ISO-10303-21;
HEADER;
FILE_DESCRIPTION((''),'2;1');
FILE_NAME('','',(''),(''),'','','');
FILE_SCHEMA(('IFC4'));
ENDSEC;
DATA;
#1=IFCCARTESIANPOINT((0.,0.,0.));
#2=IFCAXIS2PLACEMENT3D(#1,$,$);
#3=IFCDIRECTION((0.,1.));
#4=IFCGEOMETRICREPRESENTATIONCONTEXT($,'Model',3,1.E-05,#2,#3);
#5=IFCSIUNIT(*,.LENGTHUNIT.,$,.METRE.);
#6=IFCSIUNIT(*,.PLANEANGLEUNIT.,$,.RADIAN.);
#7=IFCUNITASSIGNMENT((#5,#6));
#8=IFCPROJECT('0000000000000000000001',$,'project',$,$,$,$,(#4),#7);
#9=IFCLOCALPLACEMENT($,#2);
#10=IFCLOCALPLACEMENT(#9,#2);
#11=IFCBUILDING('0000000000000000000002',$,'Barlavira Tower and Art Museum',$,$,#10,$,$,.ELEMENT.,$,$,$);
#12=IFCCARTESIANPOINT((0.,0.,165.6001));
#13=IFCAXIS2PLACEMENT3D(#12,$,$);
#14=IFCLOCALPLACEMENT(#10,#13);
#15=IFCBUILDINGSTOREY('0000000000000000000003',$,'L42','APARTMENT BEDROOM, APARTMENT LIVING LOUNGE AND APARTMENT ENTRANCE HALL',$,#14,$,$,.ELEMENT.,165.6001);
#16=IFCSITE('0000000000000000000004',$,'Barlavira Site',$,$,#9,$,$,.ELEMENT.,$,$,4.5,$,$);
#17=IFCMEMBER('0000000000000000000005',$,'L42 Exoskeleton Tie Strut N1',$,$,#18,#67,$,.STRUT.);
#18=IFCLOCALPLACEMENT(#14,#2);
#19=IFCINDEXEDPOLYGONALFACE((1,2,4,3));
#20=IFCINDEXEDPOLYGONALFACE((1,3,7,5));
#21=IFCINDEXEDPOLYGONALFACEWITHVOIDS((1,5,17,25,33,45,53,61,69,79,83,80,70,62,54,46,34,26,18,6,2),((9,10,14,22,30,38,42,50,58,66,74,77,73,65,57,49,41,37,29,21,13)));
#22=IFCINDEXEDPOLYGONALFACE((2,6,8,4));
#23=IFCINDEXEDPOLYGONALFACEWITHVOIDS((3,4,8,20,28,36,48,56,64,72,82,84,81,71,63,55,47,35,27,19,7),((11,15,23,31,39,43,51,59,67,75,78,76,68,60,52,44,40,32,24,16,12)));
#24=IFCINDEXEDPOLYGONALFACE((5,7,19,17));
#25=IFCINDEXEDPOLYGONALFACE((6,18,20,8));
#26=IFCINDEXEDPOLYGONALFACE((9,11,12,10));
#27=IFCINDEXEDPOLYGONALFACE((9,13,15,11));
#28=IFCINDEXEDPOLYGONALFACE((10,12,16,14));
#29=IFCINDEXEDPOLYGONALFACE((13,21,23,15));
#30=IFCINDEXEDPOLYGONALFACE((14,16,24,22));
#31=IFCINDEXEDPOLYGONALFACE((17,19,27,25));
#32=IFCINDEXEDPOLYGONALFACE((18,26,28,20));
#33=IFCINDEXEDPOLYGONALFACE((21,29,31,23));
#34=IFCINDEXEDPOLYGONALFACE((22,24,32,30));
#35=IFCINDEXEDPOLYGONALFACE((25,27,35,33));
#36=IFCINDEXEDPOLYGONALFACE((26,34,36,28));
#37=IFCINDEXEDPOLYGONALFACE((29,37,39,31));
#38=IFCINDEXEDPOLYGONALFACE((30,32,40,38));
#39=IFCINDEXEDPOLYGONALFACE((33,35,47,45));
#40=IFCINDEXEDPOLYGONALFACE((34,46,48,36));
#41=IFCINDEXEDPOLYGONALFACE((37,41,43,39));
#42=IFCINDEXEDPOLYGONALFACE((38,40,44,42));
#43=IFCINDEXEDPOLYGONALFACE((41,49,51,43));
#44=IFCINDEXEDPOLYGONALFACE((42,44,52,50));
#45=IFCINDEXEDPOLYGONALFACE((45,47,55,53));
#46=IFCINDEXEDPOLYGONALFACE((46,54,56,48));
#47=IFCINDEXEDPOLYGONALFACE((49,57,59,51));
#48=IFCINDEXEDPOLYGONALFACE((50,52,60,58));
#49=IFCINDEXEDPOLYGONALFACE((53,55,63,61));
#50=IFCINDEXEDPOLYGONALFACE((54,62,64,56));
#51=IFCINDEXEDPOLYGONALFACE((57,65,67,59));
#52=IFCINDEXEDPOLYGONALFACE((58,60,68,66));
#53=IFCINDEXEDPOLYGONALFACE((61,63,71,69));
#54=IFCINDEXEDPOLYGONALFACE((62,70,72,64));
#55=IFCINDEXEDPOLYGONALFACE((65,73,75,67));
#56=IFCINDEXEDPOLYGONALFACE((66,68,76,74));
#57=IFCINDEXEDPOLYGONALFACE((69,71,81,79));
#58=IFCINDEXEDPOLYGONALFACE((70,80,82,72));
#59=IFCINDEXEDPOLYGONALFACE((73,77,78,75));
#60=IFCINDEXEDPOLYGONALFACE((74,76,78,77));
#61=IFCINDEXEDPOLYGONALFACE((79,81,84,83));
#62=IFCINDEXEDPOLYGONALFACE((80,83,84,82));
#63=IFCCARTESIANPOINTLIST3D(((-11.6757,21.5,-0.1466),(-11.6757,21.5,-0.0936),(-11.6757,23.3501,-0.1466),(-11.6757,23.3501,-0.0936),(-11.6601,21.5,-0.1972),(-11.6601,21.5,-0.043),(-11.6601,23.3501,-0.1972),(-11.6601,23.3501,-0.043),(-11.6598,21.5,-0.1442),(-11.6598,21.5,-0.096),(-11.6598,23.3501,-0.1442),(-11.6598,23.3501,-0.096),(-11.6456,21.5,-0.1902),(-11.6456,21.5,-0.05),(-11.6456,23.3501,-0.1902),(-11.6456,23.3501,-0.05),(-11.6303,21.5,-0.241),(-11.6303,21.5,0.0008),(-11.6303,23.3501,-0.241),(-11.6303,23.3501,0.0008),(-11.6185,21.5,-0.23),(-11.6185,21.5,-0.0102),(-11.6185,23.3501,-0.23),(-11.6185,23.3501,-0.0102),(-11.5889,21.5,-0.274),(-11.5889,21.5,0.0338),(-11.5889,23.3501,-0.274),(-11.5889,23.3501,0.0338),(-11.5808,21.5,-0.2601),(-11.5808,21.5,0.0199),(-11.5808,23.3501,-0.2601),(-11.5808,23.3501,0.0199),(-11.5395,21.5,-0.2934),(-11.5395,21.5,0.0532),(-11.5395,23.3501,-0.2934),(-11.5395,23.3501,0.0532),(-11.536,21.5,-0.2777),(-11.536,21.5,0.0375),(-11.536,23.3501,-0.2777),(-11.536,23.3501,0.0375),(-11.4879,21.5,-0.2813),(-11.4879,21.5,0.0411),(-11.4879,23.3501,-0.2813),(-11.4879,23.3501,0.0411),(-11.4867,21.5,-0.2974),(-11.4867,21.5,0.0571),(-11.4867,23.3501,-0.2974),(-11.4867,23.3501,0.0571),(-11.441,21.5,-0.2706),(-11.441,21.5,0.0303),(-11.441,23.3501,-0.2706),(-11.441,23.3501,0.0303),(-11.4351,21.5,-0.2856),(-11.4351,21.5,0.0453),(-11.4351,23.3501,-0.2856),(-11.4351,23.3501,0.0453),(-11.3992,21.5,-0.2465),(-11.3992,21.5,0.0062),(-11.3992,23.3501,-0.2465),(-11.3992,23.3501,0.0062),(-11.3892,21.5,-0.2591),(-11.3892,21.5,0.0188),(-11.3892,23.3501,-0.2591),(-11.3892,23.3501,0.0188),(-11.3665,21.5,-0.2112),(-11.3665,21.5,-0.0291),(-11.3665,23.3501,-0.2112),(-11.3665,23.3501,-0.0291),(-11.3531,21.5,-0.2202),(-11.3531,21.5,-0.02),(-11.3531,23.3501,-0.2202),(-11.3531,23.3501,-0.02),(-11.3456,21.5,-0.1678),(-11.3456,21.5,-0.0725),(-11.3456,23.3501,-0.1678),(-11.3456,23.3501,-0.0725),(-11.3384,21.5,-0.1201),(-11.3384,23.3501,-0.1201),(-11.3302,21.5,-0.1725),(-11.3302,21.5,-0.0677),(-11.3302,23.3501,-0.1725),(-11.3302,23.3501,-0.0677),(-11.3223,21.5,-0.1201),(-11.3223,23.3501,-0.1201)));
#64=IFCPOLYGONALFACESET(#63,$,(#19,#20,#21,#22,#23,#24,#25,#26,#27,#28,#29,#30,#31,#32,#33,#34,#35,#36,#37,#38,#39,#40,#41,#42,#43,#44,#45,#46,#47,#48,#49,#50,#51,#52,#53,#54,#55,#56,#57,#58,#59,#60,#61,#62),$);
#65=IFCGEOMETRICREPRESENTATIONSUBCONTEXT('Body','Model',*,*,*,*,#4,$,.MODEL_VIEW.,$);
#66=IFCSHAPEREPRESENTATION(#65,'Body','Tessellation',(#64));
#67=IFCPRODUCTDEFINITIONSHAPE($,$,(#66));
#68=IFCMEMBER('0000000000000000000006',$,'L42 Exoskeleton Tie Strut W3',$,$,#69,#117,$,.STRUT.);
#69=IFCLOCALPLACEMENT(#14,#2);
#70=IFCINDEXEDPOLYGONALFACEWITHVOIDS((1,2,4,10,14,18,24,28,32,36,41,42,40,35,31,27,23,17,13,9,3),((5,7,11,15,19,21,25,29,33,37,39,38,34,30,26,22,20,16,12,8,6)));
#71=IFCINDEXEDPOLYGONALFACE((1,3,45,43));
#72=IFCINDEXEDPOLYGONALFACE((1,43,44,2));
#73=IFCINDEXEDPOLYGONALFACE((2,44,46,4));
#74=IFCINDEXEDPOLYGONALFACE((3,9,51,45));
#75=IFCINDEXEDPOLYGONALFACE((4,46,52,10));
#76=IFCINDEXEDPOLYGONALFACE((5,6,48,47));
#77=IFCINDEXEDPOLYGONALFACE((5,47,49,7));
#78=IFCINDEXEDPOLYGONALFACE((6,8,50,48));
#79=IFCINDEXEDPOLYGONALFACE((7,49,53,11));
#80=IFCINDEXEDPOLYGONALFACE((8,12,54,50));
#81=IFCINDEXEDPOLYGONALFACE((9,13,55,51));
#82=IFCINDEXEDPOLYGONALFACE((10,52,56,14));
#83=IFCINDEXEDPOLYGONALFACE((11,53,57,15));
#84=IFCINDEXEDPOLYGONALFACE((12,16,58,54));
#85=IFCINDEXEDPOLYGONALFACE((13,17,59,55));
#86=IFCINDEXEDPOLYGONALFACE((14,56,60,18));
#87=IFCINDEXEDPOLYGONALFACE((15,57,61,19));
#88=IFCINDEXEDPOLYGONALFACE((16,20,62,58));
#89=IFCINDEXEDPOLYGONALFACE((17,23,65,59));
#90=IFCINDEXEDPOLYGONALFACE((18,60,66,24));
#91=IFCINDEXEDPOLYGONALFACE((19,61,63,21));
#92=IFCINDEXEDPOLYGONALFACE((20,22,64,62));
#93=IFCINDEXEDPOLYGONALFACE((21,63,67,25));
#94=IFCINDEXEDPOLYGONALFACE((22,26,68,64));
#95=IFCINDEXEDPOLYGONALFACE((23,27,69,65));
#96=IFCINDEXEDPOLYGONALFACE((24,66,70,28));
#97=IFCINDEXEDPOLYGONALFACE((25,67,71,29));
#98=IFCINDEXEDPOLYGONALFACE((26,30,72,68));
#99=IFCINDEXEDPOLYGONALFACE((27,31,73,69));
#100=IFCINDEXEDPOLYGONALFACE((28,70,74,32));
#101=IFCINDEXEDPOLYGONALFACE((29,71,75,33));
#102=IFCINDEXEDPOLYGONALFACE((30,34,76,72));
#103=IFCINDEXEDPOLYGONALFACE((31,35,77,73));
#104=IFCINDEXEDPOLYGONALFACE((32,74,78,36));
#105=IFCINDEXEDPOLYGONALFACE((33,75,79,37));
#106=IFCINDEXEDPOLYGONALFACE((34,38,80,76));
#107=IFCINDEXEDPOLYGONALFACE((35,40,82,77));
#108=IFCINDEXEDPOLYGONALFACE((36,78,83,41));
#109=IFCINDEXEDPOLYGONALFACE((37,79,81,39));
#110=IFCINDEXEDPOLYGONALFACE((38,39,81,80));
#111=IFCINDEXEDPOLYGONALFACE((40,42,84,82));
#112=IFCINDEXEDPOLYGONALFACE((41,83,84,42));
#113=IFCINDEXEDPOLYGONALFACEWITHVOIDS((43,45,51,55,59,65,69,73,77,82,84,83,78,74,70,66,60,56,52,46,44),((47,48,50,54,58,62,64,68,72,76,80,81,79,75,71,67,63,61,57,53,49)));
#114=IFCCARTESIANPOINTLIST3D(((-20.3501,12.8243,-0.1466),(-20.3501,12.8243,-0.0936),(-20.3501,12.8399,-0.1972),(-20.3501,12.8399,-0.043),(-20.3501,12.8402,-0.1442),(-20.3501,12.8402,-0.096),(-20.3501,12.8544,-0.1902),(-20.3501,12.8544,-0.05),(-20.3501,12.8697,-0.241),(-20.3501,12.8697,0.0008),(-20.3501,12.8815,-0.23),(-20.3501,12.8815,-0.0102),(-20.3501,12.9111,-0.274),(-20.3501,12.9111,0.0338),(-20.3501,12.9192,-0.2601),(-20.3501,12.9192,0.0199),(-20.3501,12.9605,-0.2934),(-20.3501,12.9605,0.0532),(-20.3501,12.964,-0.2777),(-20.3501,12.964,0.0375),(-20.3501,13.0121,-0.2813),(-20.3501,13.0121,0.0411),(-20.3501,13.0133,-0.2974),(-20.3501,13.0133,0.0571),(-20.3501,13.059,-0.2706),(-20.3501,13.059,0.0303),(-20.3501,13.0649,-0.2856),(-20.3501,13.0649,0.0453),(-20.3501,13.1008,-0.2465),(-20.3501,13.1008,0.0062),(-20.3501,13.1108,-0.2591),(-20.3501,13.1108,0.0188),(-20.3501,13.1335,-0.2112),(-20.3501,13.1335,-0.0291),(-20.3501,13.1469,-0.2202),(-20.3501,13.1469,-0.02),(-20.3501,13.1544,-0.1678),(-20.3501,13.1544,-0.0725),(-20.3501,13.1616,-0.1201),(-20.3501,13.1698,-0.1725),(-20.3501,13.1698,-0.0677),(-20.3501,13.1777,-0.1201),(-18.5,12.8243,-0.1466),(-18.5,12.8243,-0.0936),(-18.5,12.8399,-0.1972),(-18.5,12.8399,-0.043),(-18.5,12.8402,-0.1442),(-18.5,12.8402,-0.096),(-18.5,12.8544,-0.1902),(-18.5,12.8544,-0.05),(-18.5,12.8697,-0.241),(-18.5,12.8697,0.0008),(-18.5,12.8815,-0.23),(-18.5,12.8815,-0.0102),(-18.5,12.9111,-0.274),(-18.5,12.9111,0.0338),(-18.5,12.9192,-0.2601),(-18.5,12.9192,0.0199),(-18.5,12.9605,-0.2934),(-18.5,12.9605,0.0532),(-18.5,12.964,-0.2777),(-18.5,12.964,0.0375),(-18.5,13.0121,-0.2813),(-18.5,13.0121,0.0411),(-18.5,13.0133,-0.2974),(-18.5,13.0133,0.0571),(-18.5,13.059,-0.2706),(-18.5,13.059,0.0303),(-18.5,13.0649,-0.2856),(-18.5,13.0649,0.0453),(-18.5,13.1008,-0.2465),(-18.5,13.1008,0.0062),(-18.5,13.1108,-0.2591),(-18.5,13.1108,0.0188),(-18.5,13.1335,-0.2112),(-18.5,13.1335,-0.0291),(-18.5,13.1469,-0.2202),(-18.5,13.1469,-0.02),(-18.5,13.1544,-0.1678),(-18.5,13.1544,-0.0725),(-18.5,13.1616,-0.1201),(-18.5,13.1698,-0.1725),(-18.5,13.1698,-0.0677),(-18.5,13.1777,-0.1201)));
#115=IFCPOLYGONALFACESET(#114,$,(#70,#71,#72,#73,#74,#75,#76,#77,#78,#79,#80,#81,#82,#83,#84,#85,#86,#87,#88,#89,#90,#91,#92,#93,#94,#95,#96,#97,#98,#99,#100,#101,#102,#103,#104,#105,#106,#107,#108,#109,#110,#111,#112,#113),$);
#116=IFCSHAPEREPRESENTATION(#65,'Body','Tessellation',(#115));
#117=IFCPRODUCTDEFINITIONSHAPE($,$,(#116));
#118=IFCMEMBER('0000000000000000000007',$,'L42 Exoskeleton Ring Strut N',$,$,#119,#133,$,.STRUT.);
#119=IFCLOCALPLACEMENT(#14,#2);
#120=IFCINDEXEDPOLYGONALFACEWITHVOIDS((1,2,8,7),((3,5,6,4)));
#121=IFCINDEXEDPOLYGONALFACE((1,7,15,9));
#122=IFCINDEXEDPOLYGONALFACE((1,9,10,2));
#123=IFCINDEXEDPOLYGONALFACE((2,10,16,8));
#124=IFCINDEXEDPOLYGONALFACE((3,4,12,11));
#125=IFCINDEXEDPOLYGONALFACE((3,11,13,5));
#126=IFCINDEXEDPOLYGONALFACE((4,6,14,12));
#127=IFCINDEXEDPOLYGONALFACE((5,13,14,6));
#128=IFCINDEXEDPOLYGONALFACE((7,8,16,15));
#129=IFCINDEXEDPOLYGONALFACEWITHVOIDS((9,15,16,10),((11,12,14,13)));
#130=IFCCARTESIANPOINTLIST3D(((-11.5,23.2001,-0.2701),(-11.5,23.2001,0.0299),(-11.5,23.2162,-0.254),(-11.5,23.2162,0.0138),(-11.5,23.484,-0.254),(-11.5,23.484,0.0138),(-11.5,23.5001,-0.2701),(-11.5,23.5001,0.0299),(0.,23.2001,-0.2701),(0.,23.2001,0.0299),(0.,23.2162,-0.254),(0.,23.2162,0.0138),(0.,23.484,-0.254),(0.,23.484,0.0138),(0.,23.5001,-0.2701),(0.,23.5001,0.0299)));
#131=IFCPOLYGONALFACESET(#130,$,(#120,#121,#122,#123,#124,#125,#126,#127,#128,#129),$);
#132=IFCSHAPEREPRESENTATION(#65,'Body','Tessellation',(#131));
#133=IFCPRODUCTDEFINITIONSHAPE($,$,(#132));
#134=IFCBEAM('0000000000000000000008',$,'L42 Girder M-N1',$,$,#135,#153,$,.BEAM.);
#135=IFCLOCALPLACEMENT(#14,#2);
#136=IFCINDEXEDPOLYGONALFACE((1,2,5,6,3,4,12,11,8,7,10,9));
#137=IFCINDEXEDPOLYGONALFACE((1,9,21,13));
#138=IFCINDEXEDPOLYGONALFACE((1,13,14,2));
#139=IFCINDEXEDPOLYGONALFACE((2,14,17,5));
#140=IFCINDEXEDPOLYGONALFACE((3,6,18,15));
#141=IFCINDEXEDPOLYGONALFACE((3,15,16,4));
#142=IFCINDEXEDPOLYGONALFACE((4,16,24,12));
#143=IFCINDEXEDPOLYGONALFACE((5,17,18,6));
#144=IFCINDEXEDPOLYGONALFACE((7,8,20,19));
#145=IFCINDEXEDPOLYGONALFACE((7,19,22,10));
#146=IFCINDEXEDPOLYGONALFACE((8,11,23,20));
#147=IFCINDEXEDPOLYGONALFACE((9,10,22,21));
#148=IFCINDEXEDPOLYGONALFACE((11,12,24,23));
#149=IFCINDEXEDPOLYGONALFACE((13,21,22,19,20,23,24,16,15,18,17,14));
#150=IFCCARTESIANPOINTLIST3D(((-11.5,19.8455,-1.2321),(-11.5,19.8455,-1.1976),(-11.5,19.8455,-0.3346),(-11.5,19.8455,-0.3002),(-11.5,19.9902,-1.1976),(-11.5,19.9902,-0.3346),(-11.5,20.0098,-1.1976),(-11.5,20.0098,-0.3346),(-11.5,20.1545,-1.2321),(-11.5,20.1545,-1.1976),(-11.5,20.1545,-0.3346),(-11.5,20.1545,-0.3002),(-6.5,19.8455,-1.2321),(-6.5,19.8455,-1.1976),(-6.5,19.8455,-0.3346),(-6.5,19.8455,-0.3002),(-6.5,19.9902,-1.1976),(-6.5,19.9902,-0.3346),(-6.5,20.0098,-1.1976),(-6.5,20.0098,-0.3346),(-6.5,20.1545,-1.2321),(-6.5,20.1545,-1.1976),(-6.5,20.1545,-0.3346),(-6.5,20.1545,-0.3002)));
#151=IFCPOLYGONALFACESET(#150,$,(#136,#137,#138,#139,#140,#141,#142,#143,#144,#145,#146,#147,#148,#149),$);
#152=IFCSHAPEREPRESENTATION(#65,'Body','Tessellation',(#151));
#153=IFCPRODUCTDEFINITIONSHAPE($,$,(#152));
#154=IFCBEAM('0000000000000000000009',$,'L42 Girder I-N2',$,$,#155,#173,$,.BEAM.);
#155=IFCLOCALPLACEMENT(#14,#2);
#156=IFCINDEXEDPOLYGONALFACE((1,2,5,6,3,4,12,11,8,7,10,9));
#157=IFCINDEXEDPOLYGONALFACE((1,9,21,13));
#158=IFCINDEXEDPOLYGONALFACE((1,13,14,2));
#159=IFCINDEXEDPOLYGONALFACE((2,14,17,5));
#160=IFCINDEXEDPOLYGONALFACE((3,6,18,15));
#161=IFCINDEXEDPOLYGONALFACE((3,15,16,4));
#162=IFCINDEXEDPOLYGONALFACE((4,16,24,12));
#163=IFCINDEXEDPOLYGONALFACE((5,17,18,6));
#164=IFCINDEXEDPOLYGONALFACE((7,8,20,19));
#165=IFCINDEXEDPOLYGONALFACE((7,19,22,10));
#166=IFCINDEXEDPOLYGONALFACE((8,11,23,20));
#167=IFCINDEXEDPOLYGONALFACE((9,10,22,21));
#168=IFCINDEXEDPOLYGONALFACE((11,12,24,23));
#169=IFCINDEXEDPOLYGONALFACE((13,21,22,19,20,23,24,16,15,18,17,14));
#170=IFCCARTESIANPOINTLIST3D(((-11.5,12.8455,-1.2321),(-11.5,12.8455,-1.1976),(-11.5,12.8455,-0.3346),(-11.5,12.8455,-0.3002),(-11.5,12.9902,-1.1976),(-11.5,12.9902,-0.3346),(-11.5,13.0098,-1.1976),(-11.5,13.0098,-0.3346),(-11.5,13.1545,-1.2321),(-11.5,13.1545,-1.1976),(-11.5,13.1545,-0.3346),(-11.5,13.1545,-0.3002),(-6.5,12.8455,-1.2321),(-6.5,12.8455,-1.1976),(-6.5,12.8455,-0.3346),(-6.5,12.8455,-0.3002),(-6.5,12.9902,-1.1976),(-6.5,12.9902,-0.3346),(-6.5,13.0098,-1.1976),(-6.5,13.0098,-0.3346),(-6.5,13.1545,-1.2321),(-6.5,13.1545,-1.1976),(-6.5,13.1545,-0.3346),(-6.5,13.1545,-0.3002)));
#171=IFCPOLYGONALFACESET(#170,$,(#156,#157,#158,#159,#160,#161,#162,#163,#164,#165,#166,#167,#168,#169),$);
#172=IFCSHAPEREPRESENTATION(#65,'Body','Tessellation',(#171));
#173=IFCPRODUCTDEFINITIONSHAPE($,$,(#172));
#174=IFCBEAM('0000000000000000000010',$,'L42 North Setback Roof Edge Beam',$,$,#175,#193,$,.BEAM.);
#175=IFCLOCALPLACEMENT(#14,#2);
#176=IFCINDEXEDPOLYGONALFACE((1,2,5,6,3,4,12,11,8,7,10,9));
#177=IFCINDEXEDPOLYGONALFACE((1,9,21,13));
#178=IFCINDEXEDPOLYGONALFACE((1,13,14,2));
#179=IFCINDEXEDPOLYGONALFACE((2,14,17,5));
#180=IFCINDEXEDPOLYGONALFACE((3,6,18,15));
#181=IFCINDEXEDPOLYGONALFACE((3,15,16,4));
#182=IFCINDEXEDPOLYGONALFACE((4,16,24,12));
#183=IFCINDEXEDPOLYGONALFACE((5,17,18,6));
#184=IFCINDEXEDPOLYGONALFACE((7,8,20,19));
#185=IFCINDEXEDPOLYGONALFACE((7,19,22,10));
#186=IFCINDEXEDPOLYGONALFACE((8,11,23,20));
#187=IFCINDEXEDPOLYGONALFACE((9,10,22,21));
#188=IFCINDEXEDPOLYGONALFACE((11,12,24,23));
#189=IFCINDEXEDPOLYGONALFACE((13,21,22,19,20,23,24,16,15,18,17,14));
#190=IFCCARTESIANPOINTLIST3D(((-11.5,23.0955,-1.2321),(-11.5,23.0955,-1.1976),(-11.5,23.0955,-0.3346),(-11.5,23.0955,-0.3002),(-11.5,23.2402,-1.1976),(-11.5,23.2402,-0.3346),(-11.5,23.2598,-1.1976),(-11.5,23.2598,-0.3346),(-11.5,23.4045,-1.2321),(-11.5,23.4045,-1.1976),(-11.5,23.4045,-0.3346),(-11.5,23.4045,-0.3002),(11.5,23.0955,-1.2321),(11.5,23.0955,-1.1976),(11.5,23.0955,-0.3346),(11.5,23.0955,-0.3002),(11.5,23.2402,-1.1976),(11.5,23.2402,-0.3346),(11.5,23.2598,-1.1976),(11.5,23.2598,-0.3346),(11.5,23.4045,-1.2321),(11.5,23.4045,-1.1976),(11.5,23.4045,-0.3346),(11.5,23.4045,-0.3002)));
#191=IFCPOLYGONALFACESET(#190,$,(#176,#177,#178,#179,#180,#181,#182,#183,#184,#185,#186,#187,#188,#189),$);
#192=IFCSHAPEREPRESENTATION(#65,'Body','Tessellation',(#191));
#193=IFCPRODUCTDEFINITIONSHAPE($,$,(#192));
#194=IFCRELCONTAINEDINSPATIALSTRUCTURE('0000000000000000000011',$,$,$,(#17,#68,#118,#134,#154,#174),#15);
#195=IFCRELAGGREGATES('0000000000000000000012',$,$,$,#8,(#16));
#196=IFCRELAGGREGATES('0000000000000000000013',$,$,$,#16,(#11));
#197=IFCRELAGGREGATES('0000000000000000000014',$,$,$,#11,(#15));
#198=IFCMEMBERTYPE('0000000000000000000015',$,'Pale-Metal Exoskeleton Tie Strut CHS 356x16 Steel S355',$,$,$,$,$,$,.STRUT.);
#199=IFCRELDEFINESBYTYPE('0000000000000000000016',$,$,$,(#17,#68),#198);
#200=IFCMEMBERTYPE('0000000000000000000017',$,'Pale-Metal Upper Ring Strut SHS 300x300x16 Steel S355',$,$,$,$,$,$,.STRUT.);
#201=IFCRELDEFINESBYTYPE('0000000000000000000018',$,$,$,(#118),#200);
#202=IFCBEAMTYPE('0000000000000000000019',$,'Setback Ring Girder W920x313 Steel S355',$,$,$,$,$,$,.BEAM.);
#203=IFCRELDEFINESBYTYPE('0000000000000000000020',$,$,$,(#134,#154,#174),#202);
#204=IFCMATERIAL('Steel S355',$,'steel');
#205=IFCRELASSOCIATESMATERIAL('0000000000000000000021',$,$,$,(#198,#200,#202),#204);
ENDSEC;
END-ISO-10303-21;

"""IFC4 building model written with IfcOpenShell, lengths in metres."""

from ifc_helpers import new_model, si_unit, direction, frame, origin, origin_2d, place, context, subcontext, project, spatial, hollow_rectangle, hollow_circle, i_section, extrude, material, material_profile, profile_set, type_object, element, save


model = new_model("IFC4")

# Units and contexts
model_context = context("Model", 3, precision=1e-05, world=origin(), true_north=direction((0.0, 1.0)))
body_context = subcontext(model_context, "Body", "Model", "MODEL_VIEW")
ifc_project = project(units=[si_unit("LENGTHUNIT", "METRE"), si_unit("PLANEANGLEUNIT", "RADIAN")], contexts=[model_context])

# Site, building, storey
site_placement = place(None, origin())
site = spatial("IfcSite", under=ifc_project, at=site_placement, Name="Barlavira Site", CompositionType="ELEMENT", RefElevation=4.5)
building_placement = place(site_placement, origin())
building = spatial("IfcBuilding", under=site, at=building_placement, Name="Barlavira Tower and Art Museum", CompositionType="ELEMENT")
storey_placement = place(building_placement, frame((0.0, 0.0, 165.6001)))
storey = spatial("IfcBuildingStorey", under=building, at=storey_placement, Name="L42", Description="APARTMENT BEDROOM, APARTMENT LIVING LOUNGE AND APARTMENT ENTRANCE HALL", CompositionType="ELEMENT", Elevation=165.6001)

# Members
ifc_material_1 = material(Name="Steel S355", Category="steel")
ifc_material_profile_1 = material_profile(ifc_material_1, hollow_circle(Radius=0.1777, WallThickness=0.0161, at=origin_2d()), Name="CHS 355.6x16.0")
ifc_profile_set_1 = profile_set([ifc_material_profile_1], Name="Steel S355")
member_type_1 = type_object("IfcMemberType", Name="Pale-Metal Exoskeleton Tie Strut CHS 356x16 Steel S355", PredefinedType="STRUT", material=ifc_profile_set_1)
for number, where, z_axis, x_axis, name in (
    (1, (-11.5, 23.3501, -0.1201), (0.0, -1.0, 0.0), (1.0, 0.0, 0.0), "L42 Exoskeleton Tie Strut N1"),
    (2, (-20.3501, 13.0, -0.1201), (1.0, 0.0, 0.0), (0.0, 1.0, 0.0), "L42 Exoskeleton Tie Strut W3"),
):
    element("IfcMember", number, at=place(storey_placement, frame(where, z_axis=z_axis, x_axis=x_axis)), inside=storey, type_object=member_type_1, Name=name, PredefinedType="STRUT", context=body_context, shape_type="SweptSolid", body=[
        extrude(hollow_circle(Radius=0.1777, WallThickness=0.0161, at=origin_2d()), origin(), (0.0, 0.0, 1.0), 1.8501),
    ])
ifc_material_profile_2 = material_profile(ifc_material_1, hollow_rectangle(XDim=0.3, YDim=0.3, WallThickness=0.0161, at=origin_2d()), Name="SHS 300x300x16.0")
ifc_profile_set_2 = profile_set([ifc_material_profile_2], Name="Steel S355")
member_type_2 = type_object("IfcMemberType", Name="Pale-Metal Upper Ring Strut SHS 300x300x16 Steel S355", PredefinedType="STRUT", material=ifc_profile_set_2)
member_1_placement = place(storey_placement, frame((-11.5, 23.3501, -0.1201), z_axis=(1.0, 0.0, 0.0), x_axis=(0.0, 1.0, 0.0)))
element("IfcMember", 3, at=member_1_placement, inside=storey, type_object=member_type_2, Name="L42 Exoskeleton Ring Strut N", PredefinedType="STRUT", context=body_context, shape_type="SweptSolid", body=[
    extrude(hollow_rectangle(XDim=0.3, YDim=0.3, WallThickness=0.0161, at=origin_2d()), origin(), (0.0, 0.0, 1.0), 11.5),
])

# Beams
ifc_material_profile_3 = material_profile(ifc_material_1, i_section(OverallWidth=0.3091, OverallDepth=0.9319, WebThickness=0.0195, FlangeThickness=0.0344, at=origin_2d()), Name="W920x313.0")
ifc_profile_set_3 = profile_set([ifc_material_profile_3], Name="Steel S355")
beam_type_1 = type_object("IfcBeamType", Name="Setback Ring Girder W920x313 Steel S355", PredefinedType="BEAM", material=ifc_profile_set_3)
for number, where, z_axis, x_axis, name in (
    (4, (-11.5, 20.0, -0.7661), (1.0, 0.0, 0.0), (0.0, 1.0, 0.0), "L42 Girder M-N1"),
    (5, (-11.5, 13.0, -0.7661), (1.0, 0.0, 0.0), (0.0, 1.0, 0.0), "L42 Girder I-N2"),
):
    element("IfcBeam", number, at=place(storey_placement, frame(where, z_axis=z_axis, x_axis=x_axis)), inside=storey, type_object=beam_type_1, Name=name, PredefinedType="BEAM", context=body_context, shape_type="SweptSolid", body=[
        extrude(i_section(OverallWidth=0.3091, OverallDepth=0.9319, WebThickness=0.0195, FlangeThickness=0.0344, at=origin_2d()), origin(), (0.0, 0.0, 1.0), 5.0),
    ])
beam_1_placement = place(storey_placement, frame((-11.5, 23.25, -0.7661), z_axis=(1.0, 0.0, 0.0), x_axis=(0.0, 1.0, 0.0)))
element("IfcBeam", 6, at=beam_1_placement, inside=storey, type_object=beam_type_1, Name="L42 North Setback Roof Edge Beam", PredefinedType="BEAM", context=body_context, shape_type="SweptSolid", body=[
    extrude(i_section(OverallWidth=0.3091, OverallDepth=0.9319, WebThickness=0.0195, FlangeThickness=0.0344, at=origin_2d()), origin(), (0.0, 0.0, 1.0), 23.0),
])

save(model, "model.ifc")
